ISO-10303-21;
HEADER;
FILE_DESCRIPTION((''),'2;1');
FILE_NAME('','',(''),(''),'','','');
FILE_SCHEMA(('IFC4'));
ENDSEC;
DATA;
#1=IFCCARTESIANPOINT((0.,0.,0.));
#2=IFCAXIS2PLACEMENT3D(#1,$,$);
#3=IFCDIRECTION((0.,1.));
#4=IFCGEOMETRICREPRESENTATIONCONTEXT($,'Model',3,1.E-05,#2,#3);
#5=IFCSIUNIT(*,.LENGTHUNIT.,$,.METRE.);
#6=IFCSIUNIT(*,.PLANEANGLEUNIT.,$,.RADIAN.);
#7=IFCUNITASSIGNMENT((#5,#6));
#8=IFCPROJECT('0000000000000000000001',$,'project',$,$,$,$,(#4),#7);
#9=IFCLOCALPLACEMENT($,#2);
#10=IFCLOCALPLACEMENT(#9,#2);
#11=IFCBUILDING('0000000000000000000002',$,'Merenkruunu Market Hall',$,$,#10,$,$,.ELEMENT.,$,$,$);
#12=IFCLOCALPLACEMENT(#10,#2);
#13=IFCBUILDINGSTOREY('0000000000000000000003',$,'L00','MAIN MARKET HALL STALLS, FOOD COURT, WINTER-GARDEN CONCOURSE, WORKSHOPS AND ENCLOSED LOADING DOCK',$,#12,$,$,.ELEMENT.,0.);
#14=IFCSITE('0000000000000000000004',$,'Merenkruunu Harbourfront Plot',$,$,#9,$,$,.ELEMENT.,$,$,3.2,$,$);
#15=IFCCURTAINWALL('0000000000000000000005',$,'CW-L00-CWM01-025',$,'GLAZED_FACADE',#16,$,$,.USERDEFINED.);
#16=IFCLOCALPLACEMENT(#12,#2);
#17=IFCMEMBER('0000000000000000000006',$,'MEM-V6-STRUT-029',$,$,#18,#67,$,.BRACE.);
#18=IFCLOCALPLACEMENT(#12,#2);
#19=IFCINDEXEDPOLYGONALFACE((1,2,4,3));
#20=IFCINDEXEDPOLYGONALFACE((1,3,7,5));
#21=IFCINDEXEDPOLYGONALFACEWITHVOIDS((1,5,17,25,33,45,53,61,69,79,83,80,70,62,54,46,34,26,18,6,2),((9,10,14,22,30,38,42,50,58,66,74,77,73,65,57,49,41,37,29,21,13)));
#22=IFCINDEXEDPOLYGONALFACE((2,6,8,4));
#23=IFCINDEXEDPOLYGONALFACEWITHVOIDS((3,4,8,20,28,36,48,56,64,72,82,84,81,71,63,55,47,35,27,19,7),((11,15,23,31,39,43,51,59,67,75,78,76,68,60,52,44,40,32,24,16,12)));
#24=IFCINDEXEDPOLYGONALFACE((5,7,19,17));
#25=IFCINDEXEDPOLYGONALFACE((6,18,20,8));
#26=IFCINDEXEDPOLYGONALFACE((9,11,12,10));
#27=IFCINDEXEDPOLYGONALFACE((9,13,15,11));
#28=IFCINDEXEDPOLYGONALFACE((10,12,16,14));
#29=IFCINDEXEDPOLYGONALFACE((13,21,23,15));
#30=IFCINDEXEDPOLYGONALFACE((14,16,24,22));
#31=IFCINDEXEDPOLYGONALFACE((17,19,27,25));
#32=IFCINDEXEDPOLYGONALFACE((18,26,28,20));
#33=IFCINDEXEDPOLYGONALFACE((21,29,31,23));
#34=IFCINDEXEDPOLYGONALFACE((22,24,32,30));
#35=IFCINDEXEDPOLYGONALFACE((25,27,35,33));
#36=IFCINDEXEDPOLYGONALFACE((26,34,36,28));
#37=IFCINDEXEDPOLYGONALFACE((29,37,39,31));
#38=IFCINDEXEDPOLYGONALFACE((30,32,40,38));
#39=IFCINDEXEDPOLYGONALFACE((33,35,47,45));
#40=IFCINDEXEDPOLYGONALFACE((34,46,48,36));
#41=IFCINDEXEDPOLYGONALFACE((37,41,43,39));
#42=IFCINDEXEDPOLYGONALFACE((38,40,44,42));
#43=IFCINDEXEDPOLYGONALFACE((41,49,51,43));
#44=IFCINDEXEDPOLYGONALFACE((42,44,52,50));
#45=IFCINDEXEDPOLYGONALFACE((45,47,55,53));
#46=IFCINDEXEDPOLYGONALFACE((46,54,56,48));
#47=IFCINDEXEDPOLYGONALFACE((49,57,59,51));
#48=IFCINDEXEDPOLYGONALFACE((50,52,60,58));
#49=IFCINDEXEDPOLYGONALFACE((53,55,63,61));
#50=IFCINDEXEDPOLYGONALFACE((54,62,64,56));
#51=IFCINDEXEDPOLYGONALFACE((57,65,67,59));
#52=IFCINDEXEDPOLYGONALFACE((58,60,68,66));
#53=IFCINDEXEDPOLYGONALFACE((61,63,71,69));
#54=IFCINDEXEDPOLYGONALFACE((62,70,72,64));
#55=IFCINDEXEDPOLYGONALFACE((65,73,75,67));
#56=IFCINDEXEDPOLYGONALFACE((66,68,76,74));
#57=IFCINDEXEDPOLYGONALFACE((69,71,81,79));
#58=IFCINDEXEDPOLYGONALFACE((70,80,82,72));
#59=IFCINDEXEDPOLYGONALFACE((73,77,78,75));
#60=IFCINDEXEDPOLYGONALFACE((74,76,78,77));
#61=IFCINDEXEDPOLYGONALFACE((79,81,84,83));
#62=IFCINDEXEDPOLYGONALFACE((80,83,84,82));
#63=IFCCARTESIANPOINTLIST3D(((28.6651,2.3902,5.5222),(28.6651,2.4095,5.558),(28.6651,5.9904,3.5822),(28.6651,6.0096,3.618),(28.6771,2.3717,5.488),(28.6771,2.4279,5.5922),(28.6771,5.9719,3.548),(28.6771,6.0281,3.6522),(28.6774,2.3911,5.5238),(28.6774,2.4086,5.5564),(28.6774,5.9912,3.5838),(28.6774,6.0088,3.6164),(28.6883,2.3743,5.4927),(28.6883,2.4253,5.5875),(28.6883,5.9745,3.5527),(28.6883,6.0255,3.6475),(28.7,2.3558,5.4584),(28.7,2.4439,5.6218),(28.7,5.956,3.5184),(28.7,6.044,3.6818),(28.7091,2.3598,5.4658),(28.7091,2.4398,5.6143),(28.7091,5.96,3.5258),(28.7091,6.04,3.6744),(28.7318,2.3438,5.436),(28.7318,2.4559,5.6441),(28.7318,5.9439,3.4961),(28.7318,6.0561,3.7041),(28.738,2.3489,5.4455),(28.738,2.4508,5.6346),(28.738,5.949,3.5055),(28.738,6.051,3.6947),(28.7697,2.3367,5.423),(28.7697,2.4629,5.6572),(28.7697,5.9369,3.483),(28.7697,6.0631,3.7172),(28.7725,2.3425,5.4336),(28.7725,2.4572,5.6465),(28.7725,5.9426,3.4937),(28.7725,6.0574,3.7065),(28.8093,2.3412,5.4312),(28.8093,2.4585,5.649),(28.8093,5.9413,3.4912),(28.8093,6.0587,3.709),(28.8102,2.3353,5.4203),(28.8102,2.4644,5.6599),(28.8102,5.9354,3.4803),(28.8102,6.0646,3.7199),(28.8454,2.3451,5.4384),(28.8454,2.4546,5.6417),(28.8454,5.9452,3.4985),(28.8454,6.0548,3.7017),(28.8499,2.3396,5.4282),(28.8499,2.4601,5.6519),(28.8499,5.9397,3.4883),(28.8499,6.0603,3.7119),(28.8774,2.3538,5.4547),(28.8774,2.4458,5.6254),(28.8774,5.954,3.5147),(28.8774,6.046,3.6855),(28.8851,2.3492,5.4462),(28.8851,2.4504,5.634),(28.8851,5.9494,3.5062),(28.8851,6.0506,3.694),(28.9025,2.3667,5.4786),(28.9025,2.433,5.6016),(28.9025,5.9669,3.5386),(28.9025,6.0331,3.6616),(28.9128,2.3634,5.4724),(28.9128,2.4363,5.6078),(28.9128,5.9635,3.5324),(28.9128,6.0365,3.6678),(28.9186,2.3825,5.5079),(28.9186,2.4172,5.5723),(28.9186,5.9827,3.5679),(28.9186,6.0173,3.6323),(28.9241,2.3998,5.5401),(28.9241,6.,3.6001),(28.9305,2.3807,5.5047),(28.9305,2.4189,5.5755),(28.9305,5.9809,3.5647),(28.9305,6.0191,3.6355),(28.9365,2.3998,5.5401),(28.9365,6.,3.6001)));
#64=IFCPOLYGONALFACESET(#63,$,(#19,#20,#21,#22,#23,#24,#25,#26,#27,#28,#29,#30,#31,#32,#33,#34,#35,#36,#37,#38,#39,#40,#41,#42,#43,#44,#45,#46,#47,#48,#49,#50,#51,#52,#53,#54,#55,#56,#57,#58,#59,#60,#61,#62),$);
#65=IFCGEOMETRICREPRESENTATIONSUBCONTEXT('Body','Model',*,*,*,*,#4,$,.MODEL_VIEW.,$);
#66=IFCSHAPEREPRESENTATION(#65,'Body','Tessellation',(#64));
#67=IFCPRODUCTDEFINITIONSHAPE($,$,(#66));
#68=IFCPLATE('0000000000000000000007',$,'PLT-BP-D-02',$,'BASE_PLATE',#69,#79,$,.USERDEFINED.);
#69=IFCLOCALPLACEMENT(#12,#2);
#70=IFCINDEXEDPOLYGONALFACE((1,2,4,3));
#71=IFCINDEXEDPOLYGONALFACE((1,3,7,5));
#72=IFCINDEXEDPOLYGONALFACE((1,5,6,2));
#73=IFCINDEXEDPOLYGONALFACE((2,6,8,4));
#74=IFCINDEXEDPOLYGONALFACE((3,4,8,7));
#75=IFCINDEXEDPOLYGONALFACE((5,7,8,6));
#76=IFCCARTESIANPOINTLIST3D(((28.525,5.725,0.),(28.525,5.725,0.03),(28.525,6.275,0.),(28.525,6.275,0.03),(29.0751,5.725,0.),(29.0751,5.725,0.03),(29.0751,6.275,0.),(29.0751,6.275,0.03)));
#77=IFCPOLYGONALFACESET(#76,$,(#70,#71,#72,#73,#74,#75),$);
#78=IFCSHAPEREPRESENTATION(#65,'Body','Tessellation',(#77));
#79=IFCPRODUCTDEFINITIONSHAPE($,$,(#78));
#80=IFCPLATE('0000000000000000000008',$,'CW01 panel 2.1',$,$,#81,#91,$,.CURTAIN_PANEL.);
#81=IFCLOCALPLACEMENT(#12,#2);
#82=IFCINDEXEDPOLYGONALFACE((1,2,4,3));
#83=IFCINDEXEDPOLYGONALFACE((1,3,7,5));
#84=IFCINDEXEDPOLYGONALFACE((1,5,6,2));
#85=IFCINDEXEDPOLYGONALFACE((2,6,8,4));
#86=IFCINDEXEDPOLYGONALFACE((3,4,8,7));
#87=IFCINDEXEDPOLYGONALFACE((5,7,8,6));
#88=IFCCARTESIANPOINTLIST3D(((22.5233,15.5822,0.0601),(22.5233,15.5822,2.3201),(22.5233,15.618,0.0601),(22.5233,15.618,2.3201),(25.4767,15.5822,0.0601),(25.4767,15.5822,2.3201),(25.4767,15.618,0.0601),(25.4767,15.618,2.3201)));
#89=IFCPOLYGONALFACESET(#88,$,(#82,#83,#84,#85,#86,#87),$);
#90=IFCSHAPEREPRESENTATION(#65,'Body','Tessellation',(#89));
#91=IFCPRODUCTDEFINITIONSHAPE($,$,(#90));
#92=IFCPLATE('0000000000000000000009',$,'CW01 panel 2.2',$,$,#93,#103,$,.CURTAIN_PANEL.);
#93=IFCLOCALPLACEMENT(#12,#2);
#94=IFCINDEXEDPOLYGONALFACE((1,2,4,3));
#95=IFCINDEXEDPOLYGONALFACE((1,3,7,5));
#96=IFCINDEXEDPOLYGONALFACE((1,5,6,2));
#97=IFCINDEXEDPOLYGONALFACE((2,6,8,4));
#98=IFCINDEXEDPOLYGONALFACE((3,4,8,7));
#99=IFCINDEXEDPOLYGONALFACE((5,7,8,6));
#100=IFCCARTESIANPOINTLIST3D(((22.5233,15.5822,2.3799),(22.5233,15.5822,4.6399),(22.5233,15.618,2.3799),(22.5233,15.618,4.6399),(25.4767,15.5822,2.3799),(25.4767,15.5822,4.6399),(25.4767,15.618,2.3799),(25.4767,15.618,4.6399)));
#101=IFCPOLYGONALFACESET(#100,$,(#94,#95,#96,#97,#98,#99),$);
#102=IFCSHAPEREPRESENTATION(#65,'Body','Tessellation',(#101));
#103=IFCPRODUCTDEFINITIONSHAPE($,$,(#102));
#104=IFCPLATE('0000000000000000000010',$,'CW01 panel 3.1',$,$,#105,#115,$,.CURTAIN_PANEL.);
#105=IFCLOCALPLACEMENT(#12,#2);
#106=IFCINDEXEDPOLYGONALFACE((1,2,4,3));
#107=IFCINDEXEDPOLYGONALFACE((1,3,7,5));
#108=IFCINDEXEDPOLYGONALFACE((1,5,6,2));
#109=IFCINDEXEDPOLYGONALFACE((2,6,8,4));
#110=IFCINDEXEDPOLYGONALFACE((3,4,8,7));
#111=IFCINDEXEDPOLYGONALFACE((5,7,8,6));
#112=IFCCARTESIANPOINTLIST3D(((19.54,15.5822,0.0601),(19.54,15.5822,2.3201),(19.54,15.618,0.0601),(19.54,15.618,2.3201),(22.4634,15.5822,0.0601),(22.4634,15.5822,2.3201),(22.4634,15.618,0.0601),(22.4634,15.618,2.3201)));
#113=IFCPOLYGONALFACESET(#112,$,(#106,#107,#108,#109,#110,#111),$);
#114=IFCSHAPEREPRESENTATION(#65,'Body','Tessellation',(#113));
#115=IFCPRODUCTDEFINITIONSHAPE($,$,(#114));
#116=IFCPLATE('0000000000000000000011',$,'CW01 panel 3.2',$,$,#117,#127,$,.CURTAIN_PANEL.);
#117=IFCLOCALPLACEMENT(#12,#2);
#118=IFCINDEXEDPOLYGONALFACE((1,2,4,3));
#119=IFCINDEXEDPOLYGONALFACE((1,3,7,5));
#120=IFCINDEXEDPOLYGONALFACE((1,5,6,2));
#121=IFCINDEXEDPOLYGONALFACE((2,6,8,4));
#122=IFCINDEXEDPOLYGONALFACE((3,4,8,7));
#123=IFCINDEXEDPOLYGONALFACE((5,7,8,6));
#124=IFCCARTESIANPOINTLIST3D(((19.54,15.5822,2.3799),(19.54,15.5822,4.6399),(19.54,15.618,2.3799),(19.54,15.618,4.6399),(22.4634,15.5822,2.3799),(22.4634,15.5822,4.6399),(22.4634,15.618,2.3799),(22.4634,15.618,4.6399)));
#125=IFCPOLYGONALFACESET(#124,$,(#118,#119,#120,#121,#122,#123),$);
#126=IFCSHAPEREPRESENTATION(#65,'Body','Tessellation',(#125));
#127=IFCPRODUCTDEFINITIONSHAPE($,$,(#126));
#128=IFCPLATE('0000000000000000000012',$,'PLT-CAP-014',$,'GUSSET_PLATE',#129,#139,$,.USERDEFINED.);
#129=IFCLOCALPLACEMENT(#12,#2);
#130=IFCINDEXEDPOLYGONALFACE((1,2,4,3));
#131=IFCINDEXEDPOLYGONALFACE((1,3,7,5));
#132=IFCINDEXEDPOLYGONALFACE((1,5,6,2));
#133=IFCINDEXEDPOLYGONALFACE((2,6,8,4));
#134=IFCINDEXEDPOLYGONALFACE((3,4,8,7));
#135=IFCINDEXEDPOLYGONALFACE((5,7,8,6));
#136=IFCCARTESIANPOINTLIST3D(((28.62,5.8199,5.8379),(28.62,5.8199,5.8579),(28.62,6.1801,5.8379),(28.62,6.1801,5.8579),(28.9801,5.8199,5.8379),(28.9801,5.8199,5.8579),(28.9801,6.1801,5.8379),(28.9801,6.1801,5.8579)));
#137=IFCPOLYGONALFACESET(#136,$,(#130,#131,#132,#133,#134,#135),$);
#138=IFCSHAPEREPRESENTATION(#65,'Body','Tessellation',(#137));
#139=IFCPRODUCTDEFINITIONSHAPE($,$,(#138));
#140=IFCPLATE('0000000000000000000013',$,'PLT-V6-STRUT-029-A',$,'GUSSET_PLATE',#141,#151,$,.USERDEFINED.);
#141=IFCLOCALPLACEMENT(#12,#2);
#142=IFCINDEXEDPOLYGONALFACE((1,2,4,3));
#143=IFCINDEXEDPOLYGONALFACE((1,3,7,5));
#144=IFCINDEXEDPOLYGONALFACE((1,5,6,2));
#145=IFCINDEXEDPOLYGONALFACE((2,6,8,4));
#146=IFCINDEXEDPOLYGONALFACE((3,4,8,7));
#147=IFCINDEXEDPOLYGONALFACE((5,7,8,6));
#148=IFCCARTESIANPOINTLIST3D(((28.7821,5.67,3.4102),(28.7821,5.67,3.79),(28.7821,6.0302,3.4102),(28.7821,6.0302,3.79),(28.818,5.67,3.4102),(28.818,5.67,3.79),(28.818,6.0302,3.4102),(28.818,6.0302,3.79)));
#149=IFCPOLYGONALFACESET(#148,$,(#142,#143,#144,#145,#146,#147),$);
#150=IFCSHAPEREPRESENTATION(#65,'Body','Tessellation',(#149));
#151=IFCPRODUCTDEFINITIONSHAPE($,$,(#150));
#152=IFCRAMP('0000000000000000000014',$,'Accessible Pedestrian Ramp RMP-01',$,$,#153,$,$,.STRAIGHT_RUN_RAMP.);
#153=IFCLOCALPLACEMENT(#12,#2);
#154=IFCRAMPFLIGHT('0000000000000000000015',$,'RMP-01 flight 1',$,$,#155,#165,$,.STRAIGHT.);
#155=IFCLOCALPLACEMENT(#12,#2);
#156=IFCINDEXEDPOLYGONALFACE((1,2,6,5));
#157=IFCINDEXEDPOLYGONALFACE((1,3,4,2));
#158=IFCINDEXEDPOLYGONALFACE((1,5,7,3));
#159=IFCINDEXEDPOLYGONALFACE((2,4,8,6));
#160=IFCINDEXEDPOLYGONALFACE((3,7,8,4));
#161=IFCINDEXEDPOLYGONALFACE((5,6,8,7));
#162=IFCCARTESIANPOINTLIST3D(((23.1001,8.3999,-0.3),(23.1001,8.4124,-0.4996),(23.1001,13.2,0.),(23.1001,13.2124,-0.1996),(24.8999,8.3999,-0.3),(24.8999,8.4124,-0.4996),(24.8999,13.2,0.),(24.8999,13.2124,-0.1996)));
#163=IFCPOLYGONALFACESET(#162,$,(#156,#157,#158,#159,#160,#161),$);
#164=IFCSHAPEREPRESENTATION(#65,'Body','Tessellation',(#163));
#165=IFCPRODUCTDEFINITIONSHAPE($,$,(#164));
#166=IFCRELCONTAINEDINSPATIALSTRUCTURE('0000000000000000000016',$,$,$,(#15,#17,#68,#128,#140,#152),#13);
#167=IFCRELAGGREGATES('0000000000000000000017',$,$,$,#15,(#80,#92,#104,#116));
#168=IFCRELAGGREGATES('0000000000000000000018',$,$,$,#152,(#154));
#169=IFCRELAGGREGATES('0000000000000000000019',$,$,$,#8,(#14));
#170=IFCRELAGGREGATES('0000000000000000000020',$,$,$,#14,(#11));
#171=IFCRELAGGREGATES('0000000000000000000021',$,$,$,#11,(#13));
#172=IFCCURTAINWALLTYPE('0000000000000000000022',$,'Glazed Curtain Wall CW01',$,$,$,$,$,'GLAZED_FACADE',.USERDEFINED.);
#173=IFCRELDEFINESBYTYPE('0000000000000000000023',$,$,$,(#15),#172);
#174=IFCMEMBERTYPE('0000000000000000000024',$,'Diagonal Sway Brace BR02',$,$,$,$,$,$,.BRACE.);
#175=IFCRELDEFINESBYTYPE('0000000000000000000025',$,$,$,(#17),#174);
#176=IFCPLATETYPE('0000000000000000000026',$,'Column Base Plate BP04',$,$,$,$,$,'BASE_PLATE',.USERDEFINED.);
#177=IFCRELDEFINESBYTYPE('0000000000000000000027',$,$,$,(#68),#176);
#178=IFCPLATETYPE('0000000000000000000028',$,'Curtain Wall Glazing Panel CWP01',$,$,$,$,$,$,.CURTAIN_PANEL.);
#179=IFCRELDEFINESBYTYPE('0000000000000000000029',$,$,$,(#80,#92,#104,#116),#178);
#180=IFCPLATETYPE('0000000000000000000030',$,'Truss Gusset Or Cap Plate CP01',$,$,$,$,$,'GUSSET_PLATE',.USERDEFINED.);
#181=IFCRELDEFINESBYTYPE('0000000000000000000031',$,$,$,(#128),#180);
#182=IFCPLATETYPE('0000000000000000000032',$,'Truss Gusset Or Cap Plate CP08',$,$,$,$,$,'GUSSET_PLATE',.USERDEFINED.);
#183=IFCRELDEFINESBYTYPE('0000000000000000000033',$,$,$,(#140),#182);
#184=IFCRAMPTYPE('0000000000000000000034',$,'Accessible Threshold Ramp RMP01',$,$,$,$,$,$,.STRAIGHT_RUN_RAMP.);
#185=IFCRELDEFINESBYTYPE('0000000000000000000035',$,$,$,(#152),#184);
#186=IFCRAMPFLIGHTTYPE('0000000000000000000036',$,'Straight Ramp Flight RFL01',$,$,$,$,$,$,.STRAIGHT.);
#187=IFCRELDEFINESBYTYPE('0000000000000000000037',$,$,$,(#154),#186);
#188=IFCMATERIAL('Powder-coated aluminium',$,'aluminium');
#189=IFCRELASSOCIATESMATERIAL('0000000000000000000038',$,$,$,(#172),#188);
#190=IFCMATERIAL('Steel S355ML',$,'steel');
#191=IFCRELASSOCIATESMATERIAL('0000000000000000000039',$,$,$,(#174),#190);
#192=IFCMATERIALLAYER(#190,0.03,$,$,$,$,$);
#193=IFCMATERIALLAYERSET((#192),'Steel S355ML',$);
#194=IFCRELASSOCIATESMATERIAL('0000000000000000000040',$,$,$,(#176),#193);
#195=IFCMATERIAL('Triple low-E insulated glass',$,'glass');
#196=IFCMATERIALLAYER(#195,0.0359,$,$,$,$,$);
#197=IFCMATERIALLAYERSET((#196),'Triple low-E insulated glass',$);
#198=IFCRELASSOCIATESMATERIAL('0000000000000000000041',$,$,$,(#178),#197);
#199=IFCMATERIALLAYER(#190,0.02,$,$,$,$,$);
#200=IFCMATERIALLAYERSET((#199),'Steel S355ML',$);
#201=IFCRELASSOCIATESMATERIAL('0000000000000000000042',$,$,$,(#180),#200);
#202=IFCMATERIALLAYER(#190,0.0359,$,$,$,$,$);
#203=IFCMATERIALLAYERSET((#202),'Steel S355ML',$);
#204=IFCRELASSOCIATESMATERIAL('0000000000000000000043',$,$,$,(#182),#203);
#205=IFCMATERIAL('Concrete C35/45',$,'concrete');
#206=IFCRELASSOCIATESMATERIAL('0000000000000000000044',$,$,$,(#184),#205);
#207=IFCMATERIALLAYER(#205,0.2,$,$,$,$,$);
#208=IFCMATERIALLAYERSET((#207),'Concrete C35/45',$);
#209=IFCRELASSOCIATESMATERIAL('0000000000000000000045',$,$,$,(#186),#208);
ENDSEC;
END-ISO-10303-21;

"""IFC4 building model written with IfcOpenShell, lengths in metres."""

from ifc_helpers import new_model, si_unit, direction, frame, origin, origin_2d, place, context, subcontext, project, spatial, polyline, rectangle, hollow_circle, outline, extrude, material, layer, layer_set, material_profile, profile_set, type_object, element, aggregate, save


model = new_model("IFC4")

# Units and contexts
model_context = context("Model", 3, precision=1e-05, world=origin(), true_north=direction((0.0, 1.0)))
body_context = subcontext(model_context, "Body", "Model", "MODEL_VIEW")
ifc_project = project(units=[si_unit("LENGTHUNIT", "METRE"), si_unit("PLANEANGLEUNIT", "RADIAN")], contexts=[model_context])

# Site, building, storey
site_placement = place(None, origin())
site = spatial("IfcSite", under=ifc_project, at=site_placement, Name="Merenkruunu Harbourfront Plot", CompositionType="ELEMENT", RefElevation=3.2)
building_placement = place(site_placement, origin())
building = spatial("IfcBuilding", under=site, at=building_placement, Name="Merenkruunu Market Hall", CompositionType="ELEMENT")
storey_placement = place(building_placement, origin())
storey = spatial("IfcBuildingStorey", under=building, at=storey_placement, Name="L00", Description="MAIN MARKET HALL STALLS, FOOD COURT, WINTER-GARDEN CONCOURSE, WORKSHOPS AND ENCLOSED LOADING DOCK", CompositionType="ELEMENT", Elevation=0.0)

# Shared definitions
ifc_material_1 = material(Name="Steel S355ML", Category="steel")

# Curtain wall
ifc_material_2 = material(Name="Powder-coated aluminium", Category="aluminium")
curtain_wall_type = type_object("IfcCurtainWallType", Name="Glazed Curtain Wall CW01", ElementType="GLAZED_FACADE", PredefinedType="USERDEFINED", material=ifc_material_2)
curtain_wall_placement = place(storey_placement, origin())
curtain_wall = element("IfcCurtainWall", 1, at=curtain_wall_placement, inside=storey, type_object=curtain_wall_type, Name="CW-L00-CWM01-025", ObjectType="GLAZED_FACADE", PredefinedType="USERDEFINED")

# Member
ifc_material_profile_1 = material_profile(ifc_material_1, hollow_circle(Radius=0.1365, WallThickness=0.0125, at=origin_2d()), Name="CHS 273x12.5")
ifc_profile_set_1 = profile_set([ifc_material_profile_1], Name="Steel S355ML")
member_type_1 = type_object("IfcMemberType", Name="Diagonal Sway Brace BR02", PredefinedType="BRACE", material=ifc_profile_set_1)
member_1_placement = place(storey_placement, frame((28.8, 6.0, 3.6001), z_axis=(0.0, -0.880325, 0.47437), x_axis=(1.0, 0.0, 0.0)))
element("IfcMember", 2, at=member_1_placement, inside=storey, type_object=member_type_1, Name="MEM-V6-STRUT-029", PredefinedType="BRACE", context=body_context, shape_type="SweptSolid", body=[
    extrude(hollow_circle(Radius=0.1365, WallThickness=0.0125, at=origin_2d()), origin(), (0.0, 0.0, 1.0), 4.0896),
])

# Plates
ifc_layer_1 = layer(ifc_material_1, 0.03)
ifc_layer_set_1 = layer_set([ifc_layer_1], Name="Steel S355ML")
plate_type_1 = type_object("IfcPlateType", Name="Column Base Plate BP04", ElementType="BASE_PLATE", PredefinedType="USERDEFINED", material=ifc_layer_set_1)
plate_1_placement = place(storey_placement, frame((28.8, 6.0, 0.0), z_axis=(0.0, 0.0, 1.0), x_axis=(1.0, 0.0, 0.0)))
element("IfcPlate", 3, at=plate_1_placement, inside=storey, type_object=plate_type_1, Name="PLT-BP-D-02", ObjectType="BASE_PLATE", PredefinedType="USERDEFINED", context=body_context, shape_type="SweptSolid", body=[
    extrude(rectangle(XDim=0.55, YDim=0.55, at=origin_2d()), origin(), (0.0, 0.0, 1.0), 0.03),
])
ifc_material_3 = material(Name="Triple low-E insulated glass", Category="glass")
ifc_layer_2 = layer(ifc_material_3, 0.0359)
ifc_layer_set_2 = layer_set([ifc_layer_2], Name="Triple low-E insulated glass")
plate_type_2 = type_object("IfcPlateType", Name="Curtain Wall Glazing Panel CWP01", PredefinedType="CURTAIN_PANEL", material=ifc_layer_set_2)
plate_2_placement = place(storey_placement, frame((24.0, 15.6001, 0.0601), z_axis=(0.0, 0.0, 1.0), x_axis=(-1.0, 0.0, 0.0)))
plate_2 = element("IfcPlate", 4, at=plate_2_placement, type_object=plate_type_2, Name="CW01 panel 2.1", PredefinedType="CURTAIN_PANEL", context=body_context, shape_type="SweptSolid", body=[
    extrude(rectangle(XDim=2.9534, YDim=0.0359, at=origin_2d()), origin(), (0.0, 0.0, 1.0), 2.26),
])
plate_3_placement = place(storey_placement, frame((24.0, 15.6001, 2.3799), z_axis=(0.0, 0.0, 1.0), x_axis=(-1.0, 0.0, 0.0)))
plate_3 = element("IfcPlate", 5, at=plate_3_placement, type_object=plate_type_2, Name="CW01 panel 2.2", PredefinedType="CURTAIN_PANEL", context=body_context, shape_type="SweptSolid", body=[
    extrude(rectangle(XDim=2.9534, YDim=0.0359, at=origin_2d()), origin(), (0.0, 0.0, 1.0), 2.26),
])
plate_4_placement = place(storey_placement, frame((21.0017, 15.6001, 0.0601), z_axis=(0.0, 0.0, 1.0), x_axis=(-1.0, 0.0, 0.0)))
plate_4 = element("IfcPlate", 6, at=plate_4_placement, type_object=plate_type_2, Name="CW01 panel 3.1", PredefinedType="CURTAIN_PANEL", context=body_context, shape_type="SweptSolid", body=[
    extrude(rectangle(XDim=2.9233, YDim=0.0359, at=origin_2d()), origin(), (0.0, 0.0, 1.0), 2.26),
])
plate_5_placement = place(storey_placement, frame((21.0017, 15.6001, 2.3799), z_axis=(0.0, 0.0, 1.0), x_axis=(-1.0, 0.0, 0.0)))
plate_5 = element("IfcPlate", 7, at=plate_5_placement, type_object=plate_type_2, Name="CW01 panel 3.2", PredefinedType="CURTAIN_PANEL", context=body_context, shape_type="SweptSolid", body=[
    extrude(rectangle(XDim=2.9233, YDim=0.0359, at=origin_2d()), origin(), (0.0, 0.0, 1.0), 2.26),
])
aggregate(curtain_wall, [plate_2, plate_3, plate_4, plate_5])

# Plates
ifc_layer_3 = layer(ifc_material_1, 0.02)
ifc_layer_set_3 = layer_set([ifc_layer_3], Name="Steel S355ML")
plate_type_3 = type_object("IfcPlateType", Name="Truss Gusset Or Cap Plate CP01", ElementType="GUSSET_PLATE", PredefinedType="USERDEFINED", material=ifc_layer_set_3)
plate_6_placement = place(storey_placement, frame((28.8, 6.0, 5.8379), z_axis=(0.0, 0.0, 1.0), x_axis=(1.0, 0.0, 0.0)))
element("IfcPlate", 8, at=plate_6_placement, inside=storey, type_object=plate_type_3, Name="PLT-CAP-014", ObjectType="GUSSET_PLATE", PredefinedType="USERDEFINED", context=body_context, shape_type="SweptSolid", body=[
    extrude(rectangle(XDim=0.3601, YDim=0.3601, at=origin_2d()), origin(), (0.0, 0.0, 1.0), 0.02),
])
ifc_layer_4 = layer(ifc_material_1, 0.0359)
ifc_layer_set_4 = layer_set([ifc_layer_4], Name="Steel S355ML")
plate_type_4 = type_object("IfcPlateType", Name="Truss Gusset Or Cap Plate CP08", ElementType="GUSSET_PLATE", PredefinedType="USERDEFINED", material=ifc_layer_set_4)
plate_7_placement = place(storey_placement, frame((28.8, 5.8501, 3.4102), z_axis=(0.0, 0.0, 1.0), x_axis=(1.0, 0.0, 0.0)))
element("IfcPlate", 9, at=plate_7_placement, inside=storey, type_object=plate_type_4, Name="PLT-V6-STRUT-029-A", ObjectType="GUSSET_PLATE", PredefinedType="USERDEFINED", context=body_context, shape_type="SweptSolid", body=[
    extrude(rectangle(XDim=0.0359, YDim=0.3601, at=origin_2d()), origin(), (0.0, 0.0, 1.0), 0.3799),
])

# Ramp, ramp flight
ifc_material_4 = material(Name="Concrete C35/45", Category="concrete")
ramp_type = type_object("IfcRampType", Name="Accessible Threshold Ramp RMP01", PredefinedType="STRAIGHT_RUN_RAMP", material=ifc_material_4)
ramp_placement = place(storey_placement, origin())
ramp = element("IfcRamp", 10, at=ramp_placement, inside=storey, type_object=ramp_type, Name="Accessible Pedestrian Ramp RMP-01", PredefinedType="STRAIGHT_RUN_RAMP")
ifc_layer_5 = layer(ifc_material_4, 0.2)
ifc_layer_set_5 = layer_set([ifc_layer_5], Name="Concrete C35/45")
ramp_flight_type = type_object("IfcRampFlightType", Name="Straight Ramp Flight RFL01", PredefinedType="STRAIGHT", material=ifc_layer_set_5)
ramp_flight_placement = place(storey_placement, frame((23.1001, 8.3999, -0.3), z_axis=(0.0, -0.062388, 0.998052), x_axis=(1.0, 0.0, 0.0)))
ramp_flight = element("IfcRampFlight", 11, at=ramp_flight_placement, type_object=ramp_flight_type, Name="RMP-01 flight 1", PredefinedType="STRAIGHT", context=body_context, shape_type="SweptSolid", body=[
    extrude(outline(polyline([(0.0, 0.0), (1.7998, 0.0), (1.7998, 4.8094), (0.0, 4.8094), (0.0, 0.0)])), origin(), (0.0, 0.0, -1.0), 0.2),
])
aggregate(ramp, [ramp_flight])

save(model, "model.ifc")
